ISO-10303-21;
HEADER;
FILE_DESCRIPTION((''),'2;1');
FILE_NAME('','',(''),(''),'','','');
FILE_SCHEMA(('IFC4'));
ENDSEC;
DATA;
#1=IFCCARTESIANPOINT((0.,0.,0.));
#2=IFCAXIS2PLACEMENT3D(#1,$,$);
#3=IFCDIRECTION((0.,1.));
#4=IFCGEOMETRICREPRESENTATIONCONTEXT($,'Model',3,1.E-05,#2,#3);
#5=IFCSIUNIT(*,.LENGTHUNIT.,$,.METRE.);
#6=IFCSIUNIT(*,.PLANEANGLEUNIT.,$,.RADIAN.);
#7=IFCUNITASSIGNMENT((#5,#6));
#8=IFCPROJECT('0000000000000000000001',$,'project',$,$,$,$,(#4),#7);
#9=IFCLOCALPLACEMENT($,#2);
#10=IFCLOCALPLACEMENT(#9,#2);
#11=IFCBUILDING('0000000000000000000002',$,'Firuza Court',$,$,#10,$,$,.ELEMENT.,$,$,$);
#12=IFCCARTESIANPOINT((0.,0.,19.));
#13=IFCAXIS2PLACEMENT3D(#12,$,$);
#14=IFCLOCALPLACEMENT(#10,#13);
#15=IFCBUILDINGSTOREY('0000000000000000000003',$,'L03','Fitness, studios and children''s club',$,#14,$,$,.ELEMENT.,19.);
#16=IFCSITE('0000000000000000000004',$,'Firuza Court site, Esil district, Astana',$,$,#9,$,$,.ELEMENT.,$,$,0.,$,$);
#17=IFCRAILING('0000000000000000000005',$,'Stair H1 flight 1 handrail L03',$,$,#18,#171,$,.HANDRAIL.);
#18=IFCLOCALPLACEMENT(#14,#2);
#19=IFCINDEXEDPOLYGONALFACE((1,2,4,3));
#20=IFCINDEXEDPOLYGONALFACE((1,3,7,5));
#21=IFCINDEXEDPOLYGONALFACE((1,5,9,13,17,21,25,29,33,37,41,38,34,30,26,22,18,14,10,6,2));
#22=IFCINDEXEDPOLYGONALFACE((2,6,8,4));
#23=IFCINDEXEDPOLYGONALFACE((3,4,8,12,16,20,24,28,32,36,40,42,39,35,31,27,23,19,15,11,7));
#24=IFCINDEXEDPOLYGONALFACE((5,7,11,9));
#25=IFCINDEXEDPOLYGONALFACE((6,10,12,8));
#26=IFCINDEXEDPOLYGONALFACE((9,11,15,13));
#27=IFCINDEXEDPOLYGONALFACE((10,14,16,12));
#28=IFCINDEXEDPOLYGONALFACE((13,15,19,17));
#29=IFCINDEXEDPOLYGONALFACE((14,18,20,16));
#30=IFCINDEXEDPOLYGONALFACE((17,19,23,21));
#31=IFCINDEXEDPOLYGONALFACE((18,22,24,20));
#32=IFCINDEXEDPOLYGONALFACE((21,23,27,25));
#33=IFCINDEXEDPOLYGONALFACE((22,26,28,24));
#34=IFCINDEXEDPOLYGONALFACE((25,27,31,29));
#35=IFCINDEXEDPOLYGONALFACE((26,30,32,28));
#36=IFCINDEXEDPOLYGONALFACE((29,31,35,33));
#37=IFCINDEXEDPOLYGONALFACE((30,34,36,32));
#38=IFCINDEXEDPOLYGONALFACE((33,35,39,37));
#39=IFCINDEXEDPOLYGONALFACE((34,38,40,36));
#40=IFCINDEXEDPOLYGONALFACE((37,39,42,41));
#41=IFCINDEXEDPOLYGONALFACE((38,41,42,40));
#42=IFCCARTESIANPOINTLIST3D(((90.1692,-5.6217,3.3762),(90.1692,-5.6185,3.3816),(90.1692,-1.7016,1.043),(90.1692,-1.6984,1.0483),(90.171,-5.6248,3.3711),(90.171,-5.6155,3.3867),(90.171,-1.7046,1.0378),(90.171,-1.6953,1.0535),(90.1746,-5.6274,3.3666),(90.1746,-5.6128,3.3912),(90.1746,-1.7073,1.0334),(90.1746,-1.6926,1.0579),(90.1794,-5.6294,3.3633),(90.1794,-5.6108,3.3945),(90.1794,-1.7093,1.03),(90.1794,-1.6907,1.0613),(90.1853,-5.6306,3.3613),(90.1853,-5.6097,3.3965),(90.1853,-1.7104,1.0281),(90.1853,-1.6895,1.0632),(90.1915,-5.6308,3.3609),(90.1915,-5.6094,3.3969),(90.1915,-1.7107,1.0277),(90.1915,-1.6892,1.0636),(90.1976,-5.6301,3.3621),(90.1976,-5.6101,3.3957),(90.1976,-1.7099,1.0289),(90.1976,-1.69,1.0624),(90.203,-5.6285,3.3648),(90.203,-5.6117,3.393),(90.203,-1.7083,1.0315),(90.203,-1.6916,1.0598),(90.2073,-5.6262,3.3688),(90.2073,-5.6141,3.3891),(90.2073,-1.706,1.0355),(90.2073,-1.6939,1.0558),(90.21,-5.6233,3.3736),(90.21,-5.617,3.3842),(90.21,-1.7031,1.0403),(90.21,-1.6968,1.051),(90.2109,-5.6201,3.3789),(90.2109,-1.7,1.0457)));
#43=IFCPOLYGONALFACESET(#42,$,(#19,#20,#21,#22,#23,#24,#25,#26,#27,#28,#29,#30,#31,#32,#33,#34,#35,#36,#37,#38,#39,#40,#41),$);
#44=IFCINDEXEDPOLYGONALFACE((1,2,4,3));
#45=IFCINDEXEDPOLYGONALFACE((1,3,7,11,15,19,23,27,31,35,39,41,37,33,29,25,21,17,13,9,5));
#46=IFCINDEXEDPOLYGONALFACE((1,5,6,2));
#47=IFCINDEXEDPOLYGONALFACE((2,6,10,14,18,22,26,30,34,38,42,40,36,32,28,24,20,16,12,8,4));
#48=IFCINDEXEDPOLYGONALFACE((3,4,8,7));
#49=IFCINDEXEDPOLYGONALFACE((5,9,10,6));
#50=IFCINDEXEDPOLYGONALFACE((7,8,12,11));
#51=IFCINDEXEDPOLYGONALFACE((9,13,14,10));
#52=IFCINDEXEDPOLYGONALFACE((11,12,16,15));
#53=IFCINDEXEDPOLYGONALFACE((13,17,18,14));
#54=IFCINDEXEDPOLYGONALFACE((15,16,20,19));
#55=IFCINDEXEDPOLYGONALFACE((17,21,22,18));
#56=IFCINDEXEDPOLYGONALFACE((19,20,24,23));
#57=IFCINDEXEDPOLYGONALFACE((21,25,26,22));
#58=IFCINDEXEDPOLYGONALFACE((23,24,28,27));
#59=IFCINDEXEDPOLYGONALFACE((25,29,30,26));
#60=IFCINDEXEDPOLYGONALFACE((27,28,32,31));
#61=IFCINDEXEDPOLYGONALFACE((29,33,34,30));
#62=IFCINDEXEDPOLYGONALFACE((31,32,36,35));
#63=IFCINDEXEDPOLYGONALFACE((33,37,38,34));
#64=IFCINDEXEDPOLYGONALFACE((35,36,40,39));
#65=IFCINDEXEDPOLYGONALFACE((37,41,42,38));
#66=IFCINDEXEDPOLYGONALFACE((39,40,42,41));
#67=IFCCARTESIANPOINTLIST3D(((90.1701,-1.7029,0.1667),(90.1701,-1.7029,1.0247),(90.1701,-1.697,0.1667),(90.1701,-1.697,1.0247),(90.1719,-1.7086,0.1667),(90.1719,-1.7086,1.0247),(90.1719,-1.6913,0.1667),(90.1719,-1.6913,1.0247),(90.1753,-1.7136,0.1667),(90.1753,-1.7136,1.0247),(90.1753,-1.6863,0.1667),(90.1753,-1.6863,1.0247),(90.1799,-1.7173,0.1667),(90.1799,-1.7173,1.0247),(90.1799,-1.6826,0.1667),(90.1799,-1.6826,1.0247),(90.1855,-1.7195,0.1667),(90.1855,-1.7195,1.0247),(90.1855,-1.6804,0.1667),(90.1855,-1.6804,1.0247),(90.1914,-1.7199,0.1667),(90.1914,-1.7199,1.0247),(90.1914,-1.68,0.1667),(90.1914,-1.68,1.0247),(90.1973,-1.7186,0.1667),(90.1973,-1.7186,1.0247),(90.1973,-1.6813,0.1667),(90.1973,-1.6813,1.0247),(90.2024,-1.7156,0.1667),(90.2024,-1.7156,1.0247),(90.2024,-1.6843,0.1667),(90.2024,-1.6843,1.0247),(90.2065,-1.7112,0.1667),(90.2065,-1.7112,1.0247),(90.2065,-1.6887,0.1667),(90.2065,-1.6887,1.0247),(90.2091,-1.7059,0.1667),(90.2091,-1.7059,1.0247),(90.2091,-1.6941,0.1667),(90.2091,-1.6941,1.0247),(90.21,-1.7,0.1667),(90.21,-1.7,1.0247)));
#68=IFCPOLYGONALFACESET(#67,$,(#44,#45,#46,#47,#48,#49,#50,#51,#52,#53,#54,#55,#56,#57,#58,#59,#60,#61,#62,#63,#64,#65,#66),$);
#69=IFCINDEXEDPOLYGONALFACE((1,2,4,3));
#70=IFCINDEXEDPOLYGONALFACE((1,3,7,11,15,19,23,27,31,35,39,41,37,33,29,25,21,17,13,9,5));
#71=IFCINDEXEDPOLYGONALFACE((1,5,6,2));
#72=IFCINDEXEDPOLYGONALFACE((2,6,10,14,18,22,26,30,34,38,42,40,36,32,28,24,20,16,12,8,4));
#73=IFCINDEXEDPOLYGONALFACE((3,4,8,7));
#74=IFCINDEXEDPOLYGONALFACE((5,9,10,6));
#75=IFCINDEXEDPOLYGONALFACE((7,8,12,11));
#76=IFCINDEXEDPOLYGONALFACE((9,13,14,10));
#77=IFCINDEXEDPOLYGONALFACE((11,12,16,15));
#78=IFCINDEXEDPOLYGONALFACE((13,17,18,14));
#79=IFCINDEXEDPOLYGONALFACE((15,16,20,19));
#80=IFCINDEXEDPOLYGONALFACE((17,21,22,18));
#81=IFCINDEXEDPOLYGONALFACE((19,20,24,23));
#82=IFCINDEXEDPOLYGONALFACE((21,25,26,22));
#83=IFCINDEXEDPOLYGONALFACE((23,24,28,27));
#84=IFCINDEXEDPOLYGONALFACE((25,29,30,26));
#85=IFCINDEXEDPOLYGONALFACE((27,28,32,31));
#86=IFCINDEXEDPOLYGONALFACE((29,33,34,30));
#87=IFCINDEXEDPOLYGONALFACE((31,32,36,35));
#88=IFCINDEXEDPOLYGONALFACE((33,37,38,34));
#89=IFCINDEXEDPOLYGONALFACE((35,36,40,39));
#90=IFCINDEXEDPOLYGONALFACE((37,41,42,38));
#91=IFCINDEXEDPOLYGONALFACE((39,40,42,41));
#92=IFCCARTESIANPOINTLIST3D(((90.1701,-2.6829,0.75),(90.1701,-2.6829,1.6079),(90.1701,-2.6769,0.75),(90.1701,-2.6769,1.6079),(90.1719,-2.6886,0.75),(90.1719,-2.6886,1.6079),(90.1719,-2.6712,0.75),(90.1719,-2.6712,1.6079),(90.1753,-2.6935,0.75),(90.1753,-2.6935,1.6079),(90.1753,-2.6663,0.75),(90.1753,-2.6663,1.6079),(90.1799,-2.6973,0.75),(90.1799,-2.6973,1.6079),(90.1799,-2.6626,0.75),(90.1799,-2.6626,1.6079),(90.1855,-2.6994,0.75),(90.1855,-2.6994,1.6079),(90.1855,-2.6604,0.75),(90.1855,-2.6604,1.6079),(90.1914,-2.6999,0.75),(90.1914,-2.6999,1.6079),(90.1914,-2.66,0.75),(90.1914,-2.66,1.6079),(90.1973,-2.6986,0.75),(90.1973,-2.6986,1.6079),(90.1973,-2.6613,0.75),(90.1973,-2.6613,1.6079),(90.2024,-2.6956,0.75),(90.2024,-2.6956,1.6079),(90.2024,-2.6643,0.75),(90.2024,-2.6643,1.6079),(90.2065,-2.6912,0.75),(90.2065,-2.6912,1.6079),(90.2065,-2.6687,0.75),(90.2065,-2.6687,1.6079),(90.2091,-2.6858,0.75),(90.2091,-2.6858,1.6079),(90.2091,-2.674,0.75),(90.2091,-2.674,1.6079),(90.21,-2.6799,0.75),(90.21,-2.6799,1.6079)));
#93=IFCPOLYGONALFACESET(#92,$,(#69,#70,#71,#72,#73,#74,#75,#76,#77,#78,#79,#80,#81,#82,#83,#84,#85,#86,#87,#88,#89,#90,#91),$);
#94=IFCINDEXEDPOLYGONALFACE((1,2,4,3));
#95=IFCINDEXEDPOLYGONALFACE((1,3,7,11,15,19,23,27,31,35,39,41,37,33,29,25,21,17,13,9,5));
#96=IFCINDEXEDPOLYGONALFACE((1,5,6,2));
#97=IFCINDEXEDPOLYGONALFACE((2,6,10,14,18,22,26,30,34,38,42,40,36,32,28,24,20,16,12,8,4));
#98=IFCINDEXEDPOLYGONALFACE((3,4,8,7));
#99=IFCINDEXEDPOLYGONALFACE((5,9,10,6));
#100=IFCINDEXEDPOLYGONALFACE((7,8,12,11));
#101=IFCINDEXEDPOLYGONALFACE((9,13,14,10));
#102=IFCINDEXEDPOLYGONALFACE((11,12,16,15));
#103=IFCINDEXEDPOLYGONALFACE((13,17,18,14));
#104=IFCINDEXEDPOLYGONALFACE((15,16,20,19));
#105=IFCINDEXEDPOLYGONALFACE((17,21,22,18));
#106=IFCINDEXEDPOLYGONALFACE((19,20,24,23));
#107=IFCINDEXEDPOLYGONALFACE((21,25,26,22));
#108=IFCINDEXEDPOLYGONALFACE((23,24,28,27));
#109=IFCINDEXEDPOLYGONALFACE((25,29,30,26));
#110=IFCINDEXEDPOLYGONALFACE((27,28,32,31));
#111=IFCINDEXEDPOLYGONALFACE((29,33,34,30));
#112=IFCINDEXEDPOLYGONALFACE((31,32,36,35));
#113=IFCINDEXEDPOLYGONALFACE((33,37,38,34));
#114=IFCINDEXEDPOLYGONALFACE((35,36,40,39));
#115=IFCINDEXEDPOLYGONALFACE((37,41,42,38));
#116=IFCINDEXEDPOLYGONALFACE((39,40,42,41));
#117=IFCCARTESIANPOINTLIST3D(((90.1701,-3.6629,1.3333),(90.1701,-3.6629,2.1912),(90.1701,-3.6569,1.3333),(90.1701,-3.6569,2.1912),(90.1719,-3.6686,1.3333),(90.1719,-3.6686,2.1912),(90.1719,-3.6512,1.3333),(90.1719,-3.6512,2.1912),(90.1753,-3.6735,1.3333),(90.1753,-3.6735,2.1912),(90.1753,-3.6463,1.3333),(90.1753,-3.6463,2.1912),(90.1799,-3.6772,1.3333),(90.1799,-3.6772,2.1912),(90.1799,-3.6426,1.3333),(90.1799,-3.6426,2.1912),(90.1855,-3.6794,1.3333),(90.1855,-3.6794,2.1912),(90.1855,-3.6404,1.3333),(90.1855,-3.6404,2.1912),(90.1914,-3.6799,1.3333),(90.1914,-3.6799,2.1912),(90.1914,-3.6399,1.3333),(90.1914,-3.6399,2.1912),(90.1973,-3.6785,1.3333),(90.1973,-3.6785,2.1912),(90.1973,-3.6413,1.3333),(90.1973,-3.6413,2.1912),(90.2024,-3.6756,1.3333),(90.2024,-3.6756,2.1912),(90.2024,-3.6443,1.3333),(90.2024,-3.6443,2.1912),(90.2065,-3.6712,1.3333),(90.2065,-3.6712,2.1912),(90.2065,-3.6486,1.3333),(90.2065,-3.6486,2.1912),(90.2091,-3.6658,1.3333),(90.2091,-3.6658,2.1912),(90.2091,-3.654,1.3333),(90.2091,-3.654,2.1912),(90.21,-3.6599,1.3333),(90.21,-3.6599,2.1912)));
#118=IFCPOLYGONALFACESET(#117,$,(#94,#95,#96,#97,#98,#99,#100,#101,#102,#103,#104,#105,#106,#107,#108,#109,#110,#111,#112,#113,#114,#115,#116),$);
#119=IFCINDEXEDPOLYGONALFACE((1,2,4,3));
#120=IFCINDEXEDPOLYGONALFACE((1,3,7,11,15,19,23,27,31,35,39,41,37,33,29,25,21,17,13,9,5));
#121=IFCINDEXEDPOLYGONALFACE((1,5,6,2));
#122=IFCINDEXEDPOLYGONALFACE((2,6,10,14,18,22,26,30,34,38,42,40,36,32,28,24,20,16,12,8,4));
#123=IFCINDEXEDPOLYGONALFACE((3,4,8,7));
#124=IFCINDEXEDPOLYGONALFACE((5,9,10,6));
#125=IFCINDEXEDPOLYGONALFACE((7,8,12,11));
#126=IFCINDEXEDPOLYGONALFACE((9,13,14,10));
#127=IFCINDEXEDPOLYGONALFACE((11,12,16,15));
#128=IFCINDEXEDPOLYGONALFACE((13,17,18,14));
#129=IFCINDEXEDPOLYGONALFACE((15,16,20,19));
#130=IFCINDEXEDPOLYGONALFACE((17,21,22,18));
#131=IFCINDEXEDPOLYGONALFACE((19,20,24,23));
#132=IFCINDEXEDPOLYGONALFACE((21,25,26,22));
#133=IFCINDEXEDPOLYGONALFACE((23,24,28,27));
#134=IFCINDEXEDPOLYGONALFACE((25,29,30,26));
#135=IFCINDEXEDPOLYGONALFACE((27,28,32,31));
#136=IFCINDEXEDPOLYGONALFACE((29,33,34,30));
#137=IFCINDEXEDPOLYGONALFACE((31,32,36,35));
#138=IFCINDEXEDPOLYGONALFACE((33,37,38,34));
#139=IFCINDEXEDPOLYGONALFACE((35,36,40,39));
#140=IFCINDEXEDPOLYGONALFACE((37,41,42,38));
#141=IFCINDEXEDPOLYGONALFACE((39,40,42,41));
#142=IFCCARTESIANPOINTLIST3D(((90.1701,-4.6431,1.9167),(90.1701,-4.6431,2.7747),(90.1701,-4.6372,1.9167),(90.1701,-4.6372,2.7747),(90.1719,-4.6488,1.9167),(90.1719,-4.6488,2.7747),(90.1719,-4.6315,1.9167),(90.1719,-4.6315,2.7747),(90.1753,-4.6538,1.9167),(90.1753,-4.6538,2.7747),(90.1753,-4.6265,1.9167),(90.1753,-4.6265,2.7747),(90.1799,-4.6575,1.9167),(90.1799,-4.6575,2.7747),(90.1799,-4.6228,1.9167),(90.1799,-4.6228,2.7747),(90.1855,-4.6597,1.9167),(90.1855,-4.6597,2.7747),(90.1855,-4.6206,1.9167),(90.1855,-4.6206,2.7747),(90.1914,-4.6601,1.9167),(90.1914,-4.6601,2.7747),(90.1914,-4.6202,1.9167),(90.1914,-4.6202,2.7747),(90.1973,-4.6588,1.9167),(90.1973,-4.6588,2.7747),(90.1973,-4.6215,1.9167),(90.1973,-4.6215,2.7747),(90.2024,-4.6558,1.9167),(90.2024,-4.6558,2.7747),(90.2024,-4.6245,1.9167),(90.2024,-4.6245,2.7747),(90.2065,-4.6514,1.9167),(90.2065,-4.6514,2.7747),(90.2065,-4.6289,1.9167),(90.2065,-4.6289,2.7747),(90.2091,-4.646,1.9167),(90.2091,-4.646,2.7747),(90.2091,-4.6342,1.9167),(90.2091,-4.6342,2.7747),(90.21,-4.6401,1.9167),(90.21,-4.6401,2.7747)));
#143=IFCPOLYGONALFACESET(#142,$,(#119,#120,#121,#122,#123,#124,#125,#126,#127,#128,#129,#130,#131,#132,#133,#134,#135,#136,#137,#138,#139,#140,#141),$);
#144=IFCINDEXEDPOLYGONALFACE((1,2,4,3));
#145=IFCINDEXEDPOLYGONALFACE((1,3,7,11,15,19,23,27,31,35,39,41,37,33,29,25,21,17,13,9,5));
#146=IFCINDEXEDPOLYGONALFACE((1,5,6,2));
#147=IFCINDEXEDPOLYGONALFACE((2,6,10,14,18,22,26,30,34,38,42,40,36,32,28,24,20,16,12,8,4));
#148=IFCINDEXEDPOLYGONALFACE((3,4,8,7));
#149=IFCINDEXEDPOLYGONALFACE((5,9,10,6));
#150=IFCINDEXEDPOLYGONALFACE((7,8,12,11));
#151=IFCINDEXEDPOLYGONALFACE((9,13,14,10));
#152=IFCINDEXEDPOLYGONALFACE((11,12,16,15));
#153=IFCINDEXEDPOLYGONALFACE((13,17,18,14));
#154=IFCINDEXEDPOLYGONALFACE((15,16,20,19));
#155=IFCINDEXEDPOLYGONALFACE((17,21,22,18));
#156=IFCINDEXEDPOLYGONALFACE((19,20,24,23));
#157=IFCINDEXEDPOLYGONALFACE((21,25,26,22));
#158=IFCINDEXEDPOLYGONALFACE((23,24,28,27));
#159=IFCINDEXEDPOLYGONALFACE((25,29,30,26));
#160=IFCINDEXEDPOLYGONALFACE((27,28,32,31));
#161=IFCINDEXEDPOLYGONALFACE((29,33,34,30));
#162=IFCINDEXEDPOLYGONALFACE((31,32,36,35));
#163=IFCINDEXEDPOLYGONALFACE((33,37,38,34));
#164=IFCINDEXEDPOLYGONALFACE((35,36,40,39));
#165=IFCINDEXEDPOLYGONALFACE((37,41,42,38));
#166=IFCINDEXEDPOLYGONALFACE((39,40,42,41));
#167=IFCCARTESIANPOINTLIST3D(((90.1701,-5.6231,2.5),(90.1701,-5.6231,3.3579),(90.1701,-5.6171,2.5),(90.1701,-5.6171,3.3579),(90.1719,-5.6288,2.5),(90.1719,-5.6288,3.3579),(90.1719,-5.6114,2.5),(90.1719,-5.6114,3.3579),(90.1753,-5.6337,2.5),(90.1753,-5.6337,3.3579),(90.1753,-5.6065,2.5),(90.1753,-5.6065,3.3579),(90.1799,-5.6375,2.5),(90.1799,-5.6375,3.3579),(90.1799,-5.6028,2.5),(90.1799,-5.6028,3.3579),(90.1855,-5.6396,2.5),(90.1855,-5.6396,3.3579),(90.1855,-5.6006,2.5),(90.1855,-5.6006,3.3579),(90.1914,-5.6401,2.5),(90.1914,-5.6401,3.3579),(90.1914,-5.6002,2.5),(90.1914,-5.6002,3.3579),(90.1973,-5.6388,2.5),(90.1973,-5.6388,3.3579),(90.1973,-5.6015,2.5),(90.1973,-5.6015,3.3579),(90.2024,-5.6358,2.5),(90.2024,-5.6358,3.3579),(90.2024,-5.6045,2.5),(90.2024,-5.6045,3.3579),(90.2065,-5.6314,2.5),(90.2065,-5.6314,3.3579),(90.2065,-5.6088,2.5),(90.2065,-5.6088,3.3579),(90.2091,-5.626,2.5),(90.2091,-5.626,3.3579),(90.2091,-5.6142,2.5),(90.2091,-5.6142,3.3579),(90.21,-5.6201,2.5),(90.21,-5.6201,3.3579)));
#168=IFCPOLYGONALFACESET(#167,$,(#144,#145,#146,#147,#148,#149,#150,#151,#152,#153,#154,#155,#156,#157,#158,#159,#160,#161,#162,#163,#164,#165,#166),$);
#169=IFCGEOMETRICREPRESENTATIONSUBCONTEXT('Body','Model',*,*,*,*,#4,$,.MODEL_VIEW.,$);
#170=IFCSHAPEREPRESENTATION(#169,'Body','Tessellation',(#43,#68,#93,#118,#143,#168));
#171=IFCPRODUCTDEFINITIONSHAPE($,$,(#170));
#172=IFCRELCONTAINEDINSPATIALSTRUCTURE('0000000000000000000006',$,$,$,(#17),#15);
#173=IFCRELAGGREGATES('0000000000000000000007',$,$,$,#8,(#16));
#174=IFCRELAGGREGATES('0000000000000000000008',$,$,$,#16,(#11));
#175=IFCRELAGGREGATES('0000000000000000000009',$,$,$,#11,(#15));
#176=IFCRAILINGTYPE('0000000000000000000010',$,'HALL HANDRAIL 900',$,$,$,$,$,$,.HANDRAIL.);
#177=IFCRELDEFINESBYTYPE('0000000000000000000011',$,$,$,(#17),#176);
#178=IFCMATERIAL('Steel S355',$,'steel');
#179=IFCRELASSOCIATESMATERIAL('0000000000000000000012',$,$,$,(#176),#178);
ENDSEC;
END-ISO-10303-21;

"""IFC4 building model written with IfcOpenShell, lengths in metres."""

from ifc_helpers import new_model, si_unit, direction, frame, origin, origin_2d, place, context, subcontext, project, spatial, circle, extrude, material, type_object, element, save


model = new_model("IFC4")

# Units and contexts
model_context = context("Model", 3, precision=1e-05, world=origin(), true_north=direction((0.0, 1.0)))
body_context = subcontext(model_context, "Body", "Model", "MODEL_VIEW")
ifc_project = project(units=[si_unit("LENGTHUNIT", "METRE"), si_unit("PLANEANGLEUNIT", "RADIAN")], contexts=[model_context])

# Site, building, storey
site_placement = place(None, origin())
site = spatial("IfcSite", under=ifc_project, at=site_placement, Name="Firuza Court site, Esil district, Astana", CompositionType="ELEMENT", RefElevation=0.0)
building_placement = place(site_placement, origin())
building = spatial("IfcBuilding", under=site, at=building_placement, Name="Firuza Court", CompositionType="ELEMENT")
storey_placement = place(building_placement, frame((0.0, 0.0, 19.0)))
storey = spatial("IfcBuildingStorey", under=building, at=storey_placement, Name="L03", Description="Fitness, studios and children's club", CompositionType="ELEMENT", Elevation=19.0)

# Railing
ifc_material_1 = material(Name="Steel S355", Category="steel")
railing_type = type_object("IfcRailingType", Name="HALL HANDRAIL 900", PredefinedType="HANDRAIL", material=ifc_material_1)
railing_1_placement = place(storey_placement, frame((90.1899, -1.7, 0.1667)))
element("IfcRailing", 1, at=railing_1_placement, inside=storey, type_object=railing_type, Name="Stair H1 flight 1 handrail L03", PredefinedType="HANDRAIL", context=body_context, shape_type="SweptSolid", body=[
    extrude(circle(Radius=0.021, at=origin_2d()), frame((0.0, 0.0, 0.8789), z_axis=(0.0, -0.85931, 0.511455), x_axis=(1.0, 0.0, 0.0)), (0.0, 0.0, 1.0), 4.562),
    extrude(circle(Radius=0.02, at=origin_2d()), origin(), (0.0, 0.0, 1.0), 0.8579),
    extrude(circle(Radius=0.02, at=origin_2d()), frame((0.0, -0.98, 0.5833)), (0.0, 0.0, 1.0), 0.8579),
    extrude(circle(Radius=0.02, at=origin_2d()), frame((0.0, -1.96, 1.1665)), (0.0, 0.0, 1.0), 0.8579),
    extrude(circle(Radius=0.02, at=origin_2d()), frame((0.0, -2.9402, 1.75)), (0.0, 0.0, 1.0), 0.8579),
    extrude(circle(Radius=0.02, at=origin_2d()), frame((0.0, -3.9202, 2.3333)), (0.0, 0.0, 1.0), 0.8579),
])

save(model, "model.ifc")
